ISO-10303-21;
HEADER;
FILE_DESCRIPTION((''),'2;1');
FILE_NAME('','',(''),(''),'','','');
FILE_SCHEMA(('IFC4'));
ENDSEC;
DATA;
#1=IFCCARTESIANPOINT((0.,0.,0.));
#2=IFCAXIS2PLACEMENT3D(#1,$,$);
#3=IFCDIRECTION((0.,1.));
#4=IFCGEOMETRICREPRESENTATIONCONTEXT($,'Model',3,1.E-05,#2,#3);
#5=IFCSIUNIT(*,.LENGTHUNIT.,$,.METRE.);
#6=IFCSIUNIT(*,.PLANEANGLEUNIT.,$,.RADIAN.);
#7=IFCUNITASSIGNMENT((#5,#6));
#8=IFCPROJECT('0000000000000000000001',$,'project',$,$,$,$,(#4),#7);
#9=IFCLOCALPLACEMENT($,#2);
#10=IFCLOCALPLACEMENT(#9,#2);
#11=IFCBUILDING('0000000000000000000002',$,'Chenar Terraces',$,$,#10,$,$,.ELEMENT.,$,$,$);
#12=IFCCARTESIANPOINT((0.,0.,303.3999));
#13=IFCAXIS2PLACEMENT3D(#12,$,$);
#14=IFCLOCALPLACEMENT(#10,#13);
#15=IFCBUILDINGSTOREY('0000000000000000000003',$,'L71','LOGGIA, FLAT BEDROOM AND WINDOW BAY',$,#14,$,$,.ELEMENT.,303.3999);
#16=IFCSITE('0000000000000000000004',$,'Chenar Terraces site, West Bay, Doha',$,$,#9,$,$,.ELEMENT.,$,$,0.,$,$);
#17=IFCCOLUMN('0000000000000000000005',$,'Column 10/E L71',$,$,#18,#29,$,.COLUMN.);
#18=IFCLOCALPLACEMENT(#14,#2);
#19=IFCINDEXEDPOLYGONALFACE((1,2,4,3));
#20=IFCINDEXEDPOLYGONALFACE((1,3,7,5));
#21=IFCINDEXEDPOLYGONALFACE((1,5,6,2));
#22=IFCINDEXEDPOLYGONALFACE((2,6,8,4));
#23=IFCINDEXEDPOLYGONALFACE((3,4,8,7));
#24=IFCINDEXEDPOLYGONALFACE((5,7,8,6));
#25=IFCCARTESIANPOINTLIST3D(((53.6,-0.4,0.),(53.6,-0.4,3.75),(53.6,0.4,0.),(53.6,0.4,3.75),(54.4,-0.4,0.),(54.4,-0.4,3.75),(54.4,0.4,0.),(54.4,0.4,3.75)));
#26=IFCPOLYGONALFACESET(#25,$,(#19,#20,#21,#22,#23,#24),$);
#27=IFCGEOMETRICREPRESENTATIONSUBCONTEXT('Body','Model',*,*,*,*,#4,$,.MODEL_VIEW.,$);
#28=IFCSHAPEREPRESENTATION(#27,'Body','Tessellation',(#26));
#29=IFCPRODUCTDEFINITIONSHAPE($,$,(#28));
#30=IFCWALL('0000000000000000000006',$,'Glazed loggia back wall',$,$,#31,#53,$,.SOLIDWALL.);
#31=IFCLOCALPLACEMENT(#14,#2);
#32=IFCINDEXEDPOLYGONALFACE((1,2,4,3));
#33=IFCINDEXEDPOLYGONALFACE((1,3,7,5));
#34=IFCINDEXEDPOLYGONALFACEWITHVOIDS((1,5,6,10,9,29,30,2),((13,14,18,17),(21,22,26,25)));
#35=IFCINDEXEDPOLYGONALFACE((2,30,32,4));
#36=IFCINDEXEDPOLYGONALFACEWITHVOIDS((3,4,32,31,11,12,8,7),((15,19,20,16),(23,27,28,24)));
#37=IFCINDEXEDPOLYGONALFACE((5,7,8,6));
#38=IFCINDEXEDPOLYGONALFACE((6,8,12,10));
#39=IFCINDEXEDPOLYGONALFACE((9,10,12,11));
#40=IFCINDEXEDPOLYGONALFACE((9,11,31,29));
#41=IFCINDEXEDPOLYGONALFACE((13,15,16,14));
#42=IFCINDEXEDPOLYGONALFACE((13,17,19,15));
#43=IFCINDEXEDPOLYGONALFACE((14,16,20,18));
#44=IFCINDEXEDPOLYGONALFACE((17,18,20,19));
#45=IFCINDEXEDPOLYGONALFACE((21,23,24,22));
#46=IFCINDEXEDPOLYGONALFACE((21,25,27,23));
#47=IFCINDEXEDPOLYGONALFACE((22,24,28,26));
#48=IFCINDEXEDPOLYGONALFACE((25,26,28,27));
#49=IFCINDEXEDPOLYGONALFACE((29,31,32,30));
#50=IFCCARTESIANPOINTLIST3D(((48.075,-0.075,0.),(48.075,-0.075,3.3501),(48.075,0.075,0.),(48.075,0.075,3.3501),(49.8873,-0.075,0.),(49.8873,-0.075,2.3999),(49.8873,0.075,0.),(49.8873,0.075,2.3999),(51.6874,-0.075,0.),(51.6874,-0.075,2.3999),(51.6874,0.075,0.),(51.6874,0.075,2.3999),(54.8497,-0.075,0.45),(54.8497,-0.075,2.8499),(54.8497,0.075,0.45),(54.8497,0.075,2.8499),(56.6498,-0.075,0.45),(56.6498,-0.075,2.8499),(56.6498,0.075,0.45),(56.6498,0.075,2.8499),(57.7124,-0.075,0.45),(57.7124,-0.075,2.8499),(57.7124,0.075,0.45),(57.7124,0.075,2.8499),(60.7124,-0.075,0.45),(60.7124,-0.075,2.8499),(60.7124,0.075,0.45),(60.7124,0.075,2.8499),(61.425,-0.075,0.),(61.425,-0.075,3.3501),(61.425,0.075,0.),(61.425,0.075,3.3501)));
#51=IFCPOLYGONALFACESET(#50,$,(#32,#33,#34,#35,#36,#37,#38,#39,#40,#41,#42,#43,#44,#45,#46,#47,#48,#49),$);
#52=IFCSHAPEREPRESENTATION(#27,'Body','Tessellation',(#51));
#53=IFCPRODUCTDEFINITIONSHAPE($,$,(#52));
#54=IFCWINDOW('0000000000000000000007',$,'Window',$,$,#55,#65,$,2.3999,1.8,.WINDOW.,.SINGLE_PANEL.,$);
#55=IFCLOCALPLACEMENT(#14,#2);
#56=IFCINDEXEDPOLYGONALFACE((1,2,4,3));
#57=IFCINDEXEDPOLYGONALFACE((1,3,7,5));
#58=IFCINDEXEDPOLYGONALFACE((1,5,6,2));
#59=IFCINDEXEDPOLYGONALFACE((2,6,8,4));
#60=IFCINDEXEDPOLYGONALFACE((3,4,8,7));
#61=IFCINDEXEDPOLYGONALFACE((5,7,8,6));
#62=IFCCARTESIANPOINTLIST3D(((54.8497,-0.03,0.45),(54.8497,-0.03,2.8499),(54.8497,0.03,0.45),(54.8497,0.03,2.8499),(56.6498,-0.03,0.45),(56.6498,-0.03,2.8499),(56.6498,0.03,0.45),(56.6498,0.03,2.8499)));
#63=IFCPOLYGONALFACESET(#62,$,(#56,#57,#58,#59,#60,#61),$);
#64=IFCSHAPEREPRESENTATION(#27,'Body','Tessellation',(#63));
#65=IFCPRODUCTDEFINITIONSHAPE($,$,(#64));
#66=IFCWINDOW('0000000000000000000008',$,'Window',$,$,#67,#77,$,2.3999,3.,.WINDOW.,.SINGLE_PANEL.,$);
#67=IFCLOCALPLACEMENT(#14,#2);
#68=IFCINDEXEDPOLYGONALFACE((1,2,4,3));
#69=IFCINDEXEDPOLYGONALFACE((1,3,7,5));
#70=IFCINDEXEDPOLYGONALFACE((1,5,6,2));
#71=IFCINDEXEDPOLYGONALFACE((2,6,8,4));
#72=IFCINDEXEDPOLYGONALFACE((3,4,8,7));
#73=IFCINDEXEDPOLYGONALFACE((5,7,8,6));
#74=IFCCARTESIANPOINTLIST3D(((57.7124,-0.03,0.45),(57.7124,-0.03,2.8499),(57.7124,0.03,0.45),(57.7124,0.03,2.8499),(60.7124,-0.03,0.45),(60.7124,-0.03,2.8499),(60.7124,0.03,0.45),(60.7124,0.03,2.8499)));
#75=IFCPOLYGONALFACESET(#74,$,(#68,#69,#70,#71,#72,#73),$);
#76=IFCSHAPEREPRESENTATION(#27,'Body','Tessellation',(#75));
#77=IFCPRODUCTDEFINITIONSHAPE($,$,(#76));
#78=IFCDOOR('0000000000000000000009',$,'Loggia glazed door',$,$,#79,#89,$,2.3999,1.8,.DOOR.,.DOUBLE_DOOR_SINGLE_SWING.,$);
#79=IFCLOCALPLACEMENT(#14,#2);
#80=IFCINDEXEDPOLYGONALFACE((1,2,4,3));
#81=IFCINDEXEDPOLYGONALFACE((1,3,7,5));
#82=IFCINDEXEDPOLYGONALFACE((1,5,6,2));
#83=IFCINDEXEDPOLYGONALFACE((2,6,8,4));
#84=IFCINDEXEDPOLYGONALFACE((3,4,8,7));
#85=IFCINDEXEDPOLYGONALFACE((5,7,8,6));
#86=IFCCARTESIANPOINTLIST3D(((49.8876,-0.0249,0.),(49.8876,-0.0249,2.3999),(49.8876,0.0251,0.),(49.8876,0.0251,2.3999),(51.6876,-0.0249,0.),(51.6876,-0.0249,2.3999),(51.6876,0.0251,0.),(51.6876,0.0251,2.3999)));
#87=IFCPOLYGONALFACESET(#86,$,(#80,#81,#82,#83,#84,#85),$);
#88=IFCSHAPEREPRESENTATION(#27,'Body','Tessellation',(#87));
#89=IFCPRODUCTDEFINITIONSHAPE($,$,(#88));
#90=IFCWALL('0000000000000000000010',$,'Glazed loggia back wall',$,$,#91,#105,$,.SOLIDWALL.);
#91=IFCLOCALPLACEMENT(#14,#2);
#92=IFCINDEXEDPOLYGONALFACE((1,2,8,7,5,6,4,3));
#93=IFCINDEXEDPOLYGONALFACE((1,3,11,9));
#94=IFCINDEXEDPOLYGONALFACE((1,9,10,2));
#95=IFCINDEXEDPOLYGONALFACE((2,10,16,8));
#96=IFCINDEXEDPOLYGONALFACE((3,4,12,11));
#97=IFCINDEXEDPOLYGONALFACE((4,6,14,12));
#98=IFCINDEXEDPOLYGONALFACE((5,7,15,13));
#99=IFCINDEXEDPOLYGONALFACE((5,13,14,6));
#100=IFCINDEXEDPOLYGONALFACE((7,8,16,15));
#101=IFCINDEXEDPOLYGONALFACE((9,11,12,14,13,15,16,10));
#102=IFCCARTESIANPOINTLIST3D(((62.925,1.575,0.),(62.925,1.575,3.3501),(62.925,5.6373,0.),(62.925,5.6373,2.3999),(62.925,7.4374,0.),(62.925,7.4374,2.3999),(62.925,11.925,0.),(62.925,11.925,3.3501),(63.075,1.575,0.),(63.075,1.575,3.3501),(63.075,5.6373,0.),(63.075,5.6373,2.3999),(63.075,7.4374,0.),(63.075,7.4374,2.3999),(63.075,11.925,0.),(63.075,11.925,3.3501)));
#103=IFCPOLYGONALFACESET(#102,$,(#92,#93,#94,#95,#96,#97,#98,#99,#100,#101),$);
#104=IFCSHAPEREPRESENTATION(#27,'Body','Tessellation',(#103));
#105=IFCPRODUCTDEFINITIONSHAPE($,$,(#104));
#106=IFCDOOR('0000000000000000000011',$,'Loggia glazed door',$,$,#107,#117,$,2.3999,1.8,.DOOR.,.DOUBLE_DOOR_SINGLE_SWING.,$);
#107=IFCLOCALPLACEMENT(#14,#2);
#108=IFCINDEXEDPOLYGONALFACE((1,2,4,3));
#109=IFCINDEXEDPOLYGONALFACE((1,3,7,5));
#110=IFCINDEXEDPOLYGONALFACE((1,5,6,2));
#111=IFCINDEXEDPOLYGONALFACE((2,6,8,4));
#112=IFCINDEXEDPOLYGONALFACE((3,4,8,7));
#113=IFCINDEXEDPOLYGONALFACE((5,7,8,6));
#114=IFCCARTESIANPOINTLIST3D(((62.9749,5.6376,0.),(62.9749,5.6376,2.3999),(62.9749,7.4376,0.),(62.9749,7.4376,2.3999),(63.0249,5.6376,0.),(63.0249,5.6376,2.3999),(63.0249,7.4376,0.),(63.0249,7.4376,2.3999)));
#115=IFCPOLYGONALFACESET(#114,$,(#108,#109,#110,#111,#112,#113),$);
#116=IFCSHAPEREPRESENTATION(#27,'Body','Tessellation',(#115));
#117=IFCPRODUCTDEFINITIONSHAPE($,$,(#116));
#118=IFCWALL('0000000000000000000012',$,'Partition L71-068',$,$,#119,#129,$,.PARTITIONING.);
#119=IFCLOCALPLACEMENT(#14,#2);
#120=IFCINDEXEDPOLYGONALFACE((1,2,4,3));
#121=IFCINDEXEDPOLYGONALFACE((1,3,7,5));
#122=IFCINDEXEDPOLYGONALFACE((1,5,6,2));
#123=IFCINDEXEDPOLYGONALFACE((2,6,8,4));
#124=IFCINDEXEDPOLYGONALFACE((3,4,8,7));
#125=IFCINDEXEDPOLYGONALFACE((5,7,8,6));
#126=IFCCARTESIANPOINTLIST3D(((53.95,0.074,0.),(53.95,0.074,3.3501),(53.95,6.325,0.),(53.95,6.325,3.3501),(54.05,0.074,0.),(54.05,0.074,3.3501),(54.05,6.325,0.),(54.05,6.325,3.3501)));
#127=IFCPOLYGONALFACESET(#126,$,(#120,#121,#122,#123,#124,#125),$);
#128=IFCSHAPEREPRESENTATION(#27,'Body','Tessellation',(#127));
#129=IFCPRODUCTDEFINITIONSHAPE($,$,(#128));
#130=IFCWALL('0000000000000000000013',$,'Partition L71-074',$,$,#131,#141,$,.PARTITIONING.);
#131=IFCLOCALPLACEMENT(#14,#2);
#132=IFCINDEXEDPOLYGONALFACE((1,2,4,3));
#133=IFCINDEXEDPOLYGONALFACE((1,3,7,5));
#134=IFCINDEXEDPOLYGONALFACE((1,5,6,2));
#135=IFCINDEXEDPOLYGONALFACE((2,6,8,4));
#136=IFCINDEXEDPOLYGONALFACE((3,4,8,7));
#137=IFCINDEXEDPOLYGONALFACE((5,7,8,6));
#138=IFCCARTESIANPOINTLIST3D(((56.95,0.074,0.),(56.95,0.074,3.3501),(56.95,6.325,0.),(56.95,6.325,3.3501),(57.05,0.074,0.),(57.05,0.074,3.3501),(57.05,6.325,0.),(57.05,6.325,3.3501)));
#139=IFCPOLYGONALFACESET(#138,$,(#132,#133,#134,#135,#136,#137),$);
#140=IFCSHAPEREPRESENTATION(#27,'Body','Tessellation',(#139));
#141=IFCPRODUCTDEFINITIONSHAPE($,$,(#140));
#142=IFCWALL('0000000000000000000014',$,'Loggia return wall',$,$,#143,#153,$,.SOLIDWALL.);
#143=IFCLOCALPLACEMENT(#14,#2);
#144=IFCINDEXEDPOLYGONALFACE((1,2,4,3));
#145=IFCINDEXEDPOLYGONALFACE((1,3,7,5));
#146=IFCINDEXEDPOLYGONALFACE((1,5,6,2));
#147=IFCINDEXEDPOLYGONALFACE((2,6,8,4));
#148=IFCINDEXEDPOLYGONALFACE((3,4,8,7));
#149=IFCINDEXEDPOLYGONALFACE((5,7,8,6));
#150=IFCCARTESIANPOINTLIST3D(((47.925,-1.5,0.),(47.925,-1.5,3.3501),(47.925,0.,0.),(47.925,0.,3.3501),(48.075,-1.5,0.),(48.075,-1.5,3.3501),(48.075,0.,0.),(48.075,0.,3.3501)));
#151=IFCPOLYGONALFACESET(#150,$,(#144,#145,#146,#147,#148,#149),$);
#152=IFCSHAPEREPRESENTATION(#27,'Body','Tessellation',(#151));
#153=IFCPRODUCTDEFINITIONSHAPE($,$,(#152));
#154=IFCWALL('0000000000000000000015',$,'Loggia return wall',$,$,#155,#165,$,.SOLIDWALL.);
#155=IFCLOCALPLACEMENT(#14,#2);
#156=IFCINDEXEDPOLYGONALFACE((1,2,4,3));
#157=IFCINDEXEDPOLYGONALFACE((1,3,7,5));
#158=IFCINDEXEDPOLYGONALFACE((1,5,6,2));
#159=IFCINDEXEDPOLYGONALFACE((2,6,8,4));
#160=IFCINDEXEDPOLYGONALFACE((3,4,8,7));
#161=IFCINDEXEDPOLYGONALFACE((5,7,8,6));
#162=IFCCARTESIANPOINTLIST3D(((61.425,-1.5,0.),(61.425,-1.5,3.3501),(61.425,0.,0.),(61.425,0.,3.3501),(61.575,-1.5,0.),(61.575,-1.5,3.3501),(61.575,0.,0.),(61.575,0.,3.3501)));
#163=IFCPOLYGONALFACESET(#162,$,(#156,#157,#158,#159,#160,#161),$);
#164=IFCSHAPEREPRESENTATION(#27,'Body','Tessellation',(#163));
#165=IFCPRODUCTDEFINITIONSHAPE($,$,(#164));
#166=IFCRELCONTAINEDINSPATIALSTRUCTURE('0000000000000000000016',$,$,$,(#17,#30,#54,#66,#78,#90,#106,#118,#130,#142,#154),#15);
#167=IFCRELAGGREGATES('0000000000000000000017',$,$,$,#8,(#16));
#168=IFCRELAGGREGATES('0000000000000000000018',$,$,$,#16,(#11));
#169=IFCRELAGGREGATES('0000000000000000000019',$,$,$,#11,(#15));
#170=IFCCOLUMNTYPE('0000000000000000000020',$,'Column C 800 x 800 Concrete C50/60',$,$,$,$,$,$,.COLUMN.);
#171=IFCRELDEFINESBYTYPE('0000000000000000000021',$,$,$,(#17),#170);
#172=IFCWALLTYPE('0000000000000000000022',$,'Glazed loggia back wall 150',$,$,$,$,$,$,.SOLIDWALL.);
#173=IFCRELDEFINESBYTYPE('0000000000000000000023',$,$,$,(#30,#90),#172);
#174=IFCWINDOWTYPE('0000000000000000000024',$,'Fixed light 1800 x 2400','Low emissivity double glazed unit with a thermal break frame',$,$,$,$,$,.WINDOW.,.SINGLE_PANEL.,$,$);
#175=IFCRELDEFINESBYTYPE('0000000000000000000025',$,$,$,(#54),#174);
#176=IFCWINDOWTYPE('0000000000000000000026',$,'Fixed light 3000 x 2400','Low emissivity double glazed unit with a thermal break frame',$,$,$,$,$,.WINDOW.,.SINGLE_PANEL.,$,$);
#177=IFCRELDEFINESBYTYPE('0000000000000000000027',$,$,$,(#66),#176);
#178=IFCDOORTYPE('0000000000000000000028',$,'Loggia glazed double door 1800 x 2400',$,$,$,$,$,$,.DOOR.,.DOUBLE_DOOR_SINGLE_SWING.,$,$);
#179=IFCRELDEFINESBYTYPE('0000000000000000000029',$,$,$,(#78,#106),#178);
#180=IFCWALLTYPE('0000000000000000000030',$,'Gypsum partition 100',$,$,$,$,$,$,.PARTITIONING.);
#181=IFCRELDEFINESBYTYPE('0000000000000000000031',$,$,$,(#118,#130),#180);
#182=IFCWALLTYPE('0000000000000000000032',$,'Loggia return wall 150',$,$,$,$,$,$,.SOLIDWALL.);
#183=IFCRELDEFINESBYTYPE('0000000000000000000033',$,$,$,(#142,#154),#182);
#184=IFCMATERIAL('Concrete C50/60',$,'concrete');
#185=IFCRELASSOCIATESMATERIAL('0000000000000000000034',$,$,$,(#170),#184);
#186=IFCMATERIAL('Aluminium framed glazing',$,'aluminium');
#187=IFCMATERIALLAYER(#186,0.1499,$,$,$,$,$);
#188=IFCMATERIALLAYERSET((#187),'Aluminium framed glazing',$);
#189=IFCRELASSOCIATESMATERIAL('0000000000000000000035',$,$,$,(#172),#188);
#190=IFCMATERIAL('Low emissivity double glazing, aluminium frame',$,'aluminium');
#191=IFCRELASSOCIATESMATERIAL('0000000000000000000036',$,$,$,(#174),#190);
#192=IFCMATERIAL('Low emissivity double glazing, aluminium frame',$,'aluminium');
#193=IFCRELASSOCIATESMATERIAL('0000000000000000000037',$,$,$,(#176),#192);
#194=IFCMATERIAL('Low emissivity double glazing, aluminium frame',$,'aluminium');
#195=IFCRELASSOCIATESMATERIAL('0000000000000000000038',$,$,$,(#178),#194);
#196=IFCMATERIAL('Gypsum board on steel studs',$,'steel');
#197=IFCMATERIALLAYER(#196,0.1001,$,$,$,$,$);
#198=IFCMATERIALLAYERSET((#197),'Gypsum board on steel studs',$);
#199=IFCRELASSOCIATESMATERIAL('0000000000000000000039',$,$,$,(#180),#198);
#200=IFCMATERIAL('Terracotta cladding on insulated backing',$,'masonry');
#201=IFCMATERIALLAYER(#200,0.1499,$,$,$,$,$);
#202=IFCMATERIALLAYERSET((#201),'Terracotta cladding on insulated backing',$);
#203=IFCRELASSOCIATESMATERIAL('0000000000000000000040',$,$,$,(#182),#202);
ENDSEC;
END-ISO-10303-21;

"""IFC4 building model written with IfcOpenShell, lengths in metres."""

from ifc_helpers import new_model, si_unit, direction, frame, frame_2d, origin, origin_2d, place, context, subcontext, project, spatial, rectangle, extrude, material, layer, layer_set, material_profile, profile_set, type_object, element, fill, save


model = new_model("IFC4")

# Units and contexts
model_context = context("Model", 3, precision=1e-05, world=origin(), true_north=direction((0.0, 1.0)))
body_context = subcontext(model_context, "Body", "Model", "MODEL_VIEW")
ifc_project = project(units=[si_unit("LENGTHUNIT", "METRE"), si_unit("PLANEANGLEUNIT", "RADIAN")], contexts=[model_context])

# Site, building, storey
site_placement = place(None, origin())
site = spatial("IfcSite", under=ifc_project, at=site_placement, Name="Chenar Terraces site, West Bay, Doha", CompositionType="ELEMENT", RefElevation=0.0)
building_placement = place(site_placement, origin())
building = spatial("IfcBuilding", under=site, at=building_placement, Name="Chenar Terraces", CompositionType="ELEMENT")
storey_placement = place(building_placement, frame((0.0, 0.0, 303.3999)))
storey = spatial("IfcBuildingStorey", under=building, at=storey_placement, Name="L71", Description="LOGGIA, FLAT BEDROOM AND WINDOW BAY", CompositionType="ELEMENT", Elevation=303.3999)

# Column
ifc_material_1 = material(Name="Concrete C50/60", Category="concrete")
ifc_material_profile_1 = material_profile(ifc_material_1, rectangle(XDim=0.8, YDim=0.8, at=origin_2d()), Name="C 800 x 800")
ifc_profile_set_1 = profile_set([ifc_material_profile_1], Name="Concrete C50/60")
column_type = type_object("IfcColumnType", Name="Column C 800 x 800 Concrete C50/60", PredefinedType="COLUMN", material=ifc_profile_set_1)
column_placement = place(storey_placement, frame((54.0, 0.0, 0.0), z_axis=(0.0, 0.0, 1.0), x_axis=(1.0, 0.0, 0.0)))
element("IfcColumn", 1, at=column_placement, inside=storey, type_object=column_type, Name="Column 10/E L71", PredefinedType="COLUMN", context=body_context, shape_type="SweptSolid", body=[
    extrude(rectangle(XDim=0.8, YDim=0.8, at=origin_2d()), origin(), (0.0, 0.0, 1.0), 3.75),
])

# Wall, openings, windows, door
ifc_material_2 = material(Name="Aluminium framed glazing", Category="aluminium")
ifc_layer_1 = layer(ifc_material_2, 0.1499)
ifc_layer_set_1 = layer_set([ifc_layer_1], Name="Aluminium framed glazing")
wall_type_1 = type_object("IfcWallType", Name="Glazed loggia back wall 150", PredefinedType="SOLIDWALL", material=ifc_layer_set_1)
wall_1_placement = place(storey_placement, frame((48.075, 0.0, 0.0), z_axis=(0.0, 0.0, 1.0), x_axis=(1.0, 0.0, 0.0)))
wall_1 = element("IfcWall", 2, at=wall_1_placement, inside=storey, type_object=wall_type_1, Name="Glazed loggia back wall", PredefinedType="SOLIDWALL", context=body_context, shape_type="SweptSolid", body=[
    extrude(rectangle(XDim=13.3501, YDim=0.1499, at=frame_2d((6.675, 0.0))), origin(), (0.0, 0.0, 1.0), 3.3501),
])
opening_1_placement = place(wall_1_placement, frame((1.8125, 0.0, 0.0)))
opening_1 = element("IfcOpeningElement", 3, at=opening_1_placement, cuts=wall_1, PredefinedType="OPENING", context=body_context, shape_type="SweptSolid", body=[
    extrude(rectangle(XDim=1.8, YDim=2.3999, at=frame_2d((0.8999, 1.2))), frame((0.0, 0.085, 0.0), z_axis=(0.0, -1.0, 0.0), x_axis=(1.0, 0.0, 0.0)), (0.0, 0.0, 1.0), 0.1699),
])
opening_2_placement = place(wall_1_placement, frame((6.7749, 0.0, 0.45)))
opening_2 = element("IfcOpeningElement", 4, at=opening_2_placement, cuts=wall_1, PredefinedType="OPENING", context=body_context, shape_type="SweptSolid", body=[
    extrude(rectangle(XDim=1.8, YDim=2.3999, at=frame_2d((0.8999, 1.2))), frame((0.0, 0.085, 0.0), z_axis=(0.0, -1.0, 0.0), x_axis=(1.0, 0.0, 0.0)), (0.0, 0.0, 1.0), 0.1699),
])
opening_3_placement = place(wall_1_placement, frame((9.6375, 0.0, 0.45)))
opening_3 = element("IfcOpeningElement", 5, at=opening_3_placement, cuts=wall_1, PredefinedType="OPENING", context=body_context, shape_type="SweptSolid", body=[
    extrude(rectangle(XDim=3.0, YDim=2.3999, at=frame_2d((1.5, 1.2))), frame((0.0, 0.085, 0.0), z_axis=(0.0, -1.0, 0.0), x_axis=(1.0, 0.0, 0.0)), (0.0, 0.0, 1.0), 0.1699),
])
ifc_material_3 = material(Name="Low emissivity double glazing, aluminium frame", Category="aluminium")
window_type_1 = type_object("IfcWindowType", Name="Fixed light 1800 x 2400", Description="Low emissivity double glazed unit with a thermal break frame", PartitioningType="SINGLE_PANEL", PredefinedType="WINDOW", material=ifc_material_3)
window_1_placement = place(opening_2_placement, origin())
window_1 = element("IfcWindow", 6, at=window_1_placement, inside=storey, type_object=window_type_1, Name="Window", OverallHeight=2.3999, OverallWidth=1.8, PartitioningType="SINGLE_PANEL", PredefinedType="WINDOW", context=body_context, shape_type="SweptSolid", body=[
    extrude(rectangle(XDim=1.8, YDim=2.3999, at=frame_2d((0.8999, 1.2))), frame((0.0, 0.03, 0.0), z_axis=(0.0, -1.0, 0.0), x_axis=(1.0, 0.0, 0.0)), (0.0, 0.0, 1.0), 0.0601),
])
fill(opening_2, window_1)
ifc_material_4 = material(Name="Low emissivity double glazing, aluminium frame", Category="aluminium")
window_type_2 = type_object("IfcWindowType", Name="Fixed light 3000 x 2400", Description="Low emissivity double glazed unit with a thermal break frame", PartitioningType="SINGLE_PANEL", PredefinedType="WINDOW", material=ifc_material_4)
window_2_placement = place(opening_3_placement, origin())
window_2 = element("IfcWindow", 7, at=window_2_placement, inside=storey, type_object=window_type_2, Name="Window", OverallHeight=2.3999, OverallWidth=3.0, PartitioningType="SINGLE_PANEL", PredefinedType="WINDOW", context=body_context, shape_type="SweptSolid", body=[
    extrude(rectangle(XDim=3.0, YDim=2.3999, at=frame_2d((1.5, 1.2))), frame((0.0, 0.03, 0.0), z_axis=(0.0, -1.0, 0.0), x_axis=(1.0, 0.0, 0.0)), (0.0, 0.0, 1.0), 0.0601),
])
fill(opening_3, window_2)
ifc_material_5 = material(Name="Low emissivity double glazing, aluminium frame", Category="aluminium")
door_type_1 = type_object("IfcDoorType", Name="Loggia glazed double door 1800 x 2400", OperationType="DOUBLE_DOOR_SINGLE_SWING", PredefinedType="DOOR", material=ifc_material_5)
door_1_placement = place(opening_1_placement, frame((1.8, 0.0, 0.0), z_axis=(0.0, 0.0, 1.0), x_axis=(-1.0, 0.0, 0.0)))
door_1 = element("IfcDoor", 8, at=door_1_placement, inside=storey, type_object=door_type_1, Name="Loggia glazed door", OperationType="DOUBLE_DOOR_SINGLE_SWING", OverallHeight=2.3999, OverallWidth=1.8, PredefinedType="DOOR", context=body_context, shape_type="SweptSolid", body=[
    extrude(rectangle(XDim=1.8, YDim=2.3999, at=frame_2d((0.8999, 1.2))), frame((0.0, 0.0249, 0.0), z_axis=(0.0, -1.0, 0.0), x_axis=(1.0, 0.0, 0.0)), (0.0, 0.0, 1.0), 0.05),
])
fill(opening_1, door_1)

# Wall, opening, door
wall_2_placement = place(storey_placement, frame((63.0, 1.575, 0.0), z_axis=(0.0, 0.0, 1.0), x_axis=(0.0, 1.0, 0.0)))
wall_2 = element("IfcWall", 9, at=wall_2_placement, inside=storey, type_object=wall_type_1, Name="Glazed loggia back wall", PredefinedType="SOLIDWALL", context=body_context, shape_type="SweptSolid", body=[
    extrude(rectangle(XDim=10.3501, YDim=0.1499, at=frame_2d((5.175, 0.0))), origin(), (0.0, 0.0, 1.0), 3.3501),
])
opening_4_placement = place(wall_2_placement, frame((4.0625, 0.0, 0.0)))
opening_4 = element("IfcOpeningElement", 10, at=opening_4_placement, cuts=wall_2, PredefinedType="OPENING", context=body_context, shape_type="SweptSolid", body=[
    extrude(rectangle(XDim=1.8, YDim=2.3999, at=frame_2d((0.8999, 1.2))), frame((0.0, 0.085, 0.0), z_axis=(0.0, -1.0, 0.0), x_axis=(1.0, 0.0, 0.0)), (0.0, 0.0, 1.0), 0.1699),
])
door_2_placement = place(opening_4_placement, frame((1.8, 0.0, 0.0), z_axis=(0.0, 0.0, 1.0), x_axis=(-1.0, 0.0, 0.0)))
door_2 = element("IfcDoor", 11, at=door_2_placement, inside=storey, type_object=door_type_1, Name="Loggia glazed door", OperationType="DOUBLE_DOOR_SINGLE_SWING", OverallHeight=2.3999, OverallWidth=1.8, PredefinedType="DOOR", context=body_context, shape_type="SweptSolid", body=[
    extrude(rectangle(XDim=1.8, YDim=2.3999, at=frame_2d((0.8999, 1.2))), frame((0.0, 0.0249, 0.0), z_axis=(0.0, -1.0, 0.0), x_axis=(1.0, 0.0, 0.0)), (0.0, 0.0, 1.0), 0.05),
])
fill(opening_4, door_2)

# Walls
ifc_material_6 = material(Name="Gypsum board on steel studs", Category="steel")
ifc_layer_2 = layer(ifc_material_6, 0.1001)
ifc_layer_set_2 = layer_set([ifc_layer_2], Name="Gypsum board on steel studs")
wall_type_2 = type_object("IfcWallType", Name="Gypsum partition 100", PredefinedType="PARTITIONING", material=ifc_layer_set_2)
for number, where, z_axis, x_axis, name in (
    (12, (54.0, 0.074, 0.0), (0.0, 0.0, 1.0), (0.0, 1.0, 0.0), "Partition L71-068"),
    (13, (57.0, 0.074, 0.0), (0.0, 0.0, 1.0), (0.0, 1.0, 0.0), "Partition L71-074"),
):
    element("IfcWall", number, at=place(storey_placement, frame(where, z_axis=z_axis, x_axis=x_axis)), inside=storey, type_object=wall_type_2, Name=name, PredefinedType="PARTITIONING", context=body_context, shape_type="SweptSolid", body=[
        extrude(rectangle(XDim=6.251, YDim=0.1001, at=frame_2d((3.1255, 0.0))), origin(), (0.0, 0.0, 1.0), 3.3501),
    ])
ifc_material_7 = material(Name="Terracotta cladding on insulated backing", Category="masonry")
ifc_layer_3 = layer(ifc_material_7, 0.1499)
ifc_layer_set_3 = layer_set([ifc_layer_3], Name="Terracotta cladding on insulated backing")
wall_type_3 = type_object("IfcWallType", Name="Loggia return wall 150", PredefinedType="SOLIDWALL", material=ifc_layer_set_3)
for number, where, z_axis, x_axis, name in (
    (14, (48.0, -1.5, 0.0), (0.0, 0.0, 1.0), (0.0, 1.0, 0.0), "Loggia return wall"),
    (15, (61.5, -1.5, 0.0), (0.0, 0.0, 1.0), (0.0, 1.0, 0.0), "Loggia return wall"),
):
    element("IfcWall", number, at=place(storey_placement, frame(where, z_axis=z_axis, x_axis=x_axis)), inside=storey, type_object=wall_type_3, Name=name, PredefinedType="SOLIDWALL", context=body_context, shape_type="SweptSolid", body=[
        extrude(rectangle(XDim=1.5, YDim=0.1499, at=frame_2d((0.75, 0.0))), origin(), (0.0, 0.0, 1.0), 3.3501),
    ])

save(model, "model.ifc")
